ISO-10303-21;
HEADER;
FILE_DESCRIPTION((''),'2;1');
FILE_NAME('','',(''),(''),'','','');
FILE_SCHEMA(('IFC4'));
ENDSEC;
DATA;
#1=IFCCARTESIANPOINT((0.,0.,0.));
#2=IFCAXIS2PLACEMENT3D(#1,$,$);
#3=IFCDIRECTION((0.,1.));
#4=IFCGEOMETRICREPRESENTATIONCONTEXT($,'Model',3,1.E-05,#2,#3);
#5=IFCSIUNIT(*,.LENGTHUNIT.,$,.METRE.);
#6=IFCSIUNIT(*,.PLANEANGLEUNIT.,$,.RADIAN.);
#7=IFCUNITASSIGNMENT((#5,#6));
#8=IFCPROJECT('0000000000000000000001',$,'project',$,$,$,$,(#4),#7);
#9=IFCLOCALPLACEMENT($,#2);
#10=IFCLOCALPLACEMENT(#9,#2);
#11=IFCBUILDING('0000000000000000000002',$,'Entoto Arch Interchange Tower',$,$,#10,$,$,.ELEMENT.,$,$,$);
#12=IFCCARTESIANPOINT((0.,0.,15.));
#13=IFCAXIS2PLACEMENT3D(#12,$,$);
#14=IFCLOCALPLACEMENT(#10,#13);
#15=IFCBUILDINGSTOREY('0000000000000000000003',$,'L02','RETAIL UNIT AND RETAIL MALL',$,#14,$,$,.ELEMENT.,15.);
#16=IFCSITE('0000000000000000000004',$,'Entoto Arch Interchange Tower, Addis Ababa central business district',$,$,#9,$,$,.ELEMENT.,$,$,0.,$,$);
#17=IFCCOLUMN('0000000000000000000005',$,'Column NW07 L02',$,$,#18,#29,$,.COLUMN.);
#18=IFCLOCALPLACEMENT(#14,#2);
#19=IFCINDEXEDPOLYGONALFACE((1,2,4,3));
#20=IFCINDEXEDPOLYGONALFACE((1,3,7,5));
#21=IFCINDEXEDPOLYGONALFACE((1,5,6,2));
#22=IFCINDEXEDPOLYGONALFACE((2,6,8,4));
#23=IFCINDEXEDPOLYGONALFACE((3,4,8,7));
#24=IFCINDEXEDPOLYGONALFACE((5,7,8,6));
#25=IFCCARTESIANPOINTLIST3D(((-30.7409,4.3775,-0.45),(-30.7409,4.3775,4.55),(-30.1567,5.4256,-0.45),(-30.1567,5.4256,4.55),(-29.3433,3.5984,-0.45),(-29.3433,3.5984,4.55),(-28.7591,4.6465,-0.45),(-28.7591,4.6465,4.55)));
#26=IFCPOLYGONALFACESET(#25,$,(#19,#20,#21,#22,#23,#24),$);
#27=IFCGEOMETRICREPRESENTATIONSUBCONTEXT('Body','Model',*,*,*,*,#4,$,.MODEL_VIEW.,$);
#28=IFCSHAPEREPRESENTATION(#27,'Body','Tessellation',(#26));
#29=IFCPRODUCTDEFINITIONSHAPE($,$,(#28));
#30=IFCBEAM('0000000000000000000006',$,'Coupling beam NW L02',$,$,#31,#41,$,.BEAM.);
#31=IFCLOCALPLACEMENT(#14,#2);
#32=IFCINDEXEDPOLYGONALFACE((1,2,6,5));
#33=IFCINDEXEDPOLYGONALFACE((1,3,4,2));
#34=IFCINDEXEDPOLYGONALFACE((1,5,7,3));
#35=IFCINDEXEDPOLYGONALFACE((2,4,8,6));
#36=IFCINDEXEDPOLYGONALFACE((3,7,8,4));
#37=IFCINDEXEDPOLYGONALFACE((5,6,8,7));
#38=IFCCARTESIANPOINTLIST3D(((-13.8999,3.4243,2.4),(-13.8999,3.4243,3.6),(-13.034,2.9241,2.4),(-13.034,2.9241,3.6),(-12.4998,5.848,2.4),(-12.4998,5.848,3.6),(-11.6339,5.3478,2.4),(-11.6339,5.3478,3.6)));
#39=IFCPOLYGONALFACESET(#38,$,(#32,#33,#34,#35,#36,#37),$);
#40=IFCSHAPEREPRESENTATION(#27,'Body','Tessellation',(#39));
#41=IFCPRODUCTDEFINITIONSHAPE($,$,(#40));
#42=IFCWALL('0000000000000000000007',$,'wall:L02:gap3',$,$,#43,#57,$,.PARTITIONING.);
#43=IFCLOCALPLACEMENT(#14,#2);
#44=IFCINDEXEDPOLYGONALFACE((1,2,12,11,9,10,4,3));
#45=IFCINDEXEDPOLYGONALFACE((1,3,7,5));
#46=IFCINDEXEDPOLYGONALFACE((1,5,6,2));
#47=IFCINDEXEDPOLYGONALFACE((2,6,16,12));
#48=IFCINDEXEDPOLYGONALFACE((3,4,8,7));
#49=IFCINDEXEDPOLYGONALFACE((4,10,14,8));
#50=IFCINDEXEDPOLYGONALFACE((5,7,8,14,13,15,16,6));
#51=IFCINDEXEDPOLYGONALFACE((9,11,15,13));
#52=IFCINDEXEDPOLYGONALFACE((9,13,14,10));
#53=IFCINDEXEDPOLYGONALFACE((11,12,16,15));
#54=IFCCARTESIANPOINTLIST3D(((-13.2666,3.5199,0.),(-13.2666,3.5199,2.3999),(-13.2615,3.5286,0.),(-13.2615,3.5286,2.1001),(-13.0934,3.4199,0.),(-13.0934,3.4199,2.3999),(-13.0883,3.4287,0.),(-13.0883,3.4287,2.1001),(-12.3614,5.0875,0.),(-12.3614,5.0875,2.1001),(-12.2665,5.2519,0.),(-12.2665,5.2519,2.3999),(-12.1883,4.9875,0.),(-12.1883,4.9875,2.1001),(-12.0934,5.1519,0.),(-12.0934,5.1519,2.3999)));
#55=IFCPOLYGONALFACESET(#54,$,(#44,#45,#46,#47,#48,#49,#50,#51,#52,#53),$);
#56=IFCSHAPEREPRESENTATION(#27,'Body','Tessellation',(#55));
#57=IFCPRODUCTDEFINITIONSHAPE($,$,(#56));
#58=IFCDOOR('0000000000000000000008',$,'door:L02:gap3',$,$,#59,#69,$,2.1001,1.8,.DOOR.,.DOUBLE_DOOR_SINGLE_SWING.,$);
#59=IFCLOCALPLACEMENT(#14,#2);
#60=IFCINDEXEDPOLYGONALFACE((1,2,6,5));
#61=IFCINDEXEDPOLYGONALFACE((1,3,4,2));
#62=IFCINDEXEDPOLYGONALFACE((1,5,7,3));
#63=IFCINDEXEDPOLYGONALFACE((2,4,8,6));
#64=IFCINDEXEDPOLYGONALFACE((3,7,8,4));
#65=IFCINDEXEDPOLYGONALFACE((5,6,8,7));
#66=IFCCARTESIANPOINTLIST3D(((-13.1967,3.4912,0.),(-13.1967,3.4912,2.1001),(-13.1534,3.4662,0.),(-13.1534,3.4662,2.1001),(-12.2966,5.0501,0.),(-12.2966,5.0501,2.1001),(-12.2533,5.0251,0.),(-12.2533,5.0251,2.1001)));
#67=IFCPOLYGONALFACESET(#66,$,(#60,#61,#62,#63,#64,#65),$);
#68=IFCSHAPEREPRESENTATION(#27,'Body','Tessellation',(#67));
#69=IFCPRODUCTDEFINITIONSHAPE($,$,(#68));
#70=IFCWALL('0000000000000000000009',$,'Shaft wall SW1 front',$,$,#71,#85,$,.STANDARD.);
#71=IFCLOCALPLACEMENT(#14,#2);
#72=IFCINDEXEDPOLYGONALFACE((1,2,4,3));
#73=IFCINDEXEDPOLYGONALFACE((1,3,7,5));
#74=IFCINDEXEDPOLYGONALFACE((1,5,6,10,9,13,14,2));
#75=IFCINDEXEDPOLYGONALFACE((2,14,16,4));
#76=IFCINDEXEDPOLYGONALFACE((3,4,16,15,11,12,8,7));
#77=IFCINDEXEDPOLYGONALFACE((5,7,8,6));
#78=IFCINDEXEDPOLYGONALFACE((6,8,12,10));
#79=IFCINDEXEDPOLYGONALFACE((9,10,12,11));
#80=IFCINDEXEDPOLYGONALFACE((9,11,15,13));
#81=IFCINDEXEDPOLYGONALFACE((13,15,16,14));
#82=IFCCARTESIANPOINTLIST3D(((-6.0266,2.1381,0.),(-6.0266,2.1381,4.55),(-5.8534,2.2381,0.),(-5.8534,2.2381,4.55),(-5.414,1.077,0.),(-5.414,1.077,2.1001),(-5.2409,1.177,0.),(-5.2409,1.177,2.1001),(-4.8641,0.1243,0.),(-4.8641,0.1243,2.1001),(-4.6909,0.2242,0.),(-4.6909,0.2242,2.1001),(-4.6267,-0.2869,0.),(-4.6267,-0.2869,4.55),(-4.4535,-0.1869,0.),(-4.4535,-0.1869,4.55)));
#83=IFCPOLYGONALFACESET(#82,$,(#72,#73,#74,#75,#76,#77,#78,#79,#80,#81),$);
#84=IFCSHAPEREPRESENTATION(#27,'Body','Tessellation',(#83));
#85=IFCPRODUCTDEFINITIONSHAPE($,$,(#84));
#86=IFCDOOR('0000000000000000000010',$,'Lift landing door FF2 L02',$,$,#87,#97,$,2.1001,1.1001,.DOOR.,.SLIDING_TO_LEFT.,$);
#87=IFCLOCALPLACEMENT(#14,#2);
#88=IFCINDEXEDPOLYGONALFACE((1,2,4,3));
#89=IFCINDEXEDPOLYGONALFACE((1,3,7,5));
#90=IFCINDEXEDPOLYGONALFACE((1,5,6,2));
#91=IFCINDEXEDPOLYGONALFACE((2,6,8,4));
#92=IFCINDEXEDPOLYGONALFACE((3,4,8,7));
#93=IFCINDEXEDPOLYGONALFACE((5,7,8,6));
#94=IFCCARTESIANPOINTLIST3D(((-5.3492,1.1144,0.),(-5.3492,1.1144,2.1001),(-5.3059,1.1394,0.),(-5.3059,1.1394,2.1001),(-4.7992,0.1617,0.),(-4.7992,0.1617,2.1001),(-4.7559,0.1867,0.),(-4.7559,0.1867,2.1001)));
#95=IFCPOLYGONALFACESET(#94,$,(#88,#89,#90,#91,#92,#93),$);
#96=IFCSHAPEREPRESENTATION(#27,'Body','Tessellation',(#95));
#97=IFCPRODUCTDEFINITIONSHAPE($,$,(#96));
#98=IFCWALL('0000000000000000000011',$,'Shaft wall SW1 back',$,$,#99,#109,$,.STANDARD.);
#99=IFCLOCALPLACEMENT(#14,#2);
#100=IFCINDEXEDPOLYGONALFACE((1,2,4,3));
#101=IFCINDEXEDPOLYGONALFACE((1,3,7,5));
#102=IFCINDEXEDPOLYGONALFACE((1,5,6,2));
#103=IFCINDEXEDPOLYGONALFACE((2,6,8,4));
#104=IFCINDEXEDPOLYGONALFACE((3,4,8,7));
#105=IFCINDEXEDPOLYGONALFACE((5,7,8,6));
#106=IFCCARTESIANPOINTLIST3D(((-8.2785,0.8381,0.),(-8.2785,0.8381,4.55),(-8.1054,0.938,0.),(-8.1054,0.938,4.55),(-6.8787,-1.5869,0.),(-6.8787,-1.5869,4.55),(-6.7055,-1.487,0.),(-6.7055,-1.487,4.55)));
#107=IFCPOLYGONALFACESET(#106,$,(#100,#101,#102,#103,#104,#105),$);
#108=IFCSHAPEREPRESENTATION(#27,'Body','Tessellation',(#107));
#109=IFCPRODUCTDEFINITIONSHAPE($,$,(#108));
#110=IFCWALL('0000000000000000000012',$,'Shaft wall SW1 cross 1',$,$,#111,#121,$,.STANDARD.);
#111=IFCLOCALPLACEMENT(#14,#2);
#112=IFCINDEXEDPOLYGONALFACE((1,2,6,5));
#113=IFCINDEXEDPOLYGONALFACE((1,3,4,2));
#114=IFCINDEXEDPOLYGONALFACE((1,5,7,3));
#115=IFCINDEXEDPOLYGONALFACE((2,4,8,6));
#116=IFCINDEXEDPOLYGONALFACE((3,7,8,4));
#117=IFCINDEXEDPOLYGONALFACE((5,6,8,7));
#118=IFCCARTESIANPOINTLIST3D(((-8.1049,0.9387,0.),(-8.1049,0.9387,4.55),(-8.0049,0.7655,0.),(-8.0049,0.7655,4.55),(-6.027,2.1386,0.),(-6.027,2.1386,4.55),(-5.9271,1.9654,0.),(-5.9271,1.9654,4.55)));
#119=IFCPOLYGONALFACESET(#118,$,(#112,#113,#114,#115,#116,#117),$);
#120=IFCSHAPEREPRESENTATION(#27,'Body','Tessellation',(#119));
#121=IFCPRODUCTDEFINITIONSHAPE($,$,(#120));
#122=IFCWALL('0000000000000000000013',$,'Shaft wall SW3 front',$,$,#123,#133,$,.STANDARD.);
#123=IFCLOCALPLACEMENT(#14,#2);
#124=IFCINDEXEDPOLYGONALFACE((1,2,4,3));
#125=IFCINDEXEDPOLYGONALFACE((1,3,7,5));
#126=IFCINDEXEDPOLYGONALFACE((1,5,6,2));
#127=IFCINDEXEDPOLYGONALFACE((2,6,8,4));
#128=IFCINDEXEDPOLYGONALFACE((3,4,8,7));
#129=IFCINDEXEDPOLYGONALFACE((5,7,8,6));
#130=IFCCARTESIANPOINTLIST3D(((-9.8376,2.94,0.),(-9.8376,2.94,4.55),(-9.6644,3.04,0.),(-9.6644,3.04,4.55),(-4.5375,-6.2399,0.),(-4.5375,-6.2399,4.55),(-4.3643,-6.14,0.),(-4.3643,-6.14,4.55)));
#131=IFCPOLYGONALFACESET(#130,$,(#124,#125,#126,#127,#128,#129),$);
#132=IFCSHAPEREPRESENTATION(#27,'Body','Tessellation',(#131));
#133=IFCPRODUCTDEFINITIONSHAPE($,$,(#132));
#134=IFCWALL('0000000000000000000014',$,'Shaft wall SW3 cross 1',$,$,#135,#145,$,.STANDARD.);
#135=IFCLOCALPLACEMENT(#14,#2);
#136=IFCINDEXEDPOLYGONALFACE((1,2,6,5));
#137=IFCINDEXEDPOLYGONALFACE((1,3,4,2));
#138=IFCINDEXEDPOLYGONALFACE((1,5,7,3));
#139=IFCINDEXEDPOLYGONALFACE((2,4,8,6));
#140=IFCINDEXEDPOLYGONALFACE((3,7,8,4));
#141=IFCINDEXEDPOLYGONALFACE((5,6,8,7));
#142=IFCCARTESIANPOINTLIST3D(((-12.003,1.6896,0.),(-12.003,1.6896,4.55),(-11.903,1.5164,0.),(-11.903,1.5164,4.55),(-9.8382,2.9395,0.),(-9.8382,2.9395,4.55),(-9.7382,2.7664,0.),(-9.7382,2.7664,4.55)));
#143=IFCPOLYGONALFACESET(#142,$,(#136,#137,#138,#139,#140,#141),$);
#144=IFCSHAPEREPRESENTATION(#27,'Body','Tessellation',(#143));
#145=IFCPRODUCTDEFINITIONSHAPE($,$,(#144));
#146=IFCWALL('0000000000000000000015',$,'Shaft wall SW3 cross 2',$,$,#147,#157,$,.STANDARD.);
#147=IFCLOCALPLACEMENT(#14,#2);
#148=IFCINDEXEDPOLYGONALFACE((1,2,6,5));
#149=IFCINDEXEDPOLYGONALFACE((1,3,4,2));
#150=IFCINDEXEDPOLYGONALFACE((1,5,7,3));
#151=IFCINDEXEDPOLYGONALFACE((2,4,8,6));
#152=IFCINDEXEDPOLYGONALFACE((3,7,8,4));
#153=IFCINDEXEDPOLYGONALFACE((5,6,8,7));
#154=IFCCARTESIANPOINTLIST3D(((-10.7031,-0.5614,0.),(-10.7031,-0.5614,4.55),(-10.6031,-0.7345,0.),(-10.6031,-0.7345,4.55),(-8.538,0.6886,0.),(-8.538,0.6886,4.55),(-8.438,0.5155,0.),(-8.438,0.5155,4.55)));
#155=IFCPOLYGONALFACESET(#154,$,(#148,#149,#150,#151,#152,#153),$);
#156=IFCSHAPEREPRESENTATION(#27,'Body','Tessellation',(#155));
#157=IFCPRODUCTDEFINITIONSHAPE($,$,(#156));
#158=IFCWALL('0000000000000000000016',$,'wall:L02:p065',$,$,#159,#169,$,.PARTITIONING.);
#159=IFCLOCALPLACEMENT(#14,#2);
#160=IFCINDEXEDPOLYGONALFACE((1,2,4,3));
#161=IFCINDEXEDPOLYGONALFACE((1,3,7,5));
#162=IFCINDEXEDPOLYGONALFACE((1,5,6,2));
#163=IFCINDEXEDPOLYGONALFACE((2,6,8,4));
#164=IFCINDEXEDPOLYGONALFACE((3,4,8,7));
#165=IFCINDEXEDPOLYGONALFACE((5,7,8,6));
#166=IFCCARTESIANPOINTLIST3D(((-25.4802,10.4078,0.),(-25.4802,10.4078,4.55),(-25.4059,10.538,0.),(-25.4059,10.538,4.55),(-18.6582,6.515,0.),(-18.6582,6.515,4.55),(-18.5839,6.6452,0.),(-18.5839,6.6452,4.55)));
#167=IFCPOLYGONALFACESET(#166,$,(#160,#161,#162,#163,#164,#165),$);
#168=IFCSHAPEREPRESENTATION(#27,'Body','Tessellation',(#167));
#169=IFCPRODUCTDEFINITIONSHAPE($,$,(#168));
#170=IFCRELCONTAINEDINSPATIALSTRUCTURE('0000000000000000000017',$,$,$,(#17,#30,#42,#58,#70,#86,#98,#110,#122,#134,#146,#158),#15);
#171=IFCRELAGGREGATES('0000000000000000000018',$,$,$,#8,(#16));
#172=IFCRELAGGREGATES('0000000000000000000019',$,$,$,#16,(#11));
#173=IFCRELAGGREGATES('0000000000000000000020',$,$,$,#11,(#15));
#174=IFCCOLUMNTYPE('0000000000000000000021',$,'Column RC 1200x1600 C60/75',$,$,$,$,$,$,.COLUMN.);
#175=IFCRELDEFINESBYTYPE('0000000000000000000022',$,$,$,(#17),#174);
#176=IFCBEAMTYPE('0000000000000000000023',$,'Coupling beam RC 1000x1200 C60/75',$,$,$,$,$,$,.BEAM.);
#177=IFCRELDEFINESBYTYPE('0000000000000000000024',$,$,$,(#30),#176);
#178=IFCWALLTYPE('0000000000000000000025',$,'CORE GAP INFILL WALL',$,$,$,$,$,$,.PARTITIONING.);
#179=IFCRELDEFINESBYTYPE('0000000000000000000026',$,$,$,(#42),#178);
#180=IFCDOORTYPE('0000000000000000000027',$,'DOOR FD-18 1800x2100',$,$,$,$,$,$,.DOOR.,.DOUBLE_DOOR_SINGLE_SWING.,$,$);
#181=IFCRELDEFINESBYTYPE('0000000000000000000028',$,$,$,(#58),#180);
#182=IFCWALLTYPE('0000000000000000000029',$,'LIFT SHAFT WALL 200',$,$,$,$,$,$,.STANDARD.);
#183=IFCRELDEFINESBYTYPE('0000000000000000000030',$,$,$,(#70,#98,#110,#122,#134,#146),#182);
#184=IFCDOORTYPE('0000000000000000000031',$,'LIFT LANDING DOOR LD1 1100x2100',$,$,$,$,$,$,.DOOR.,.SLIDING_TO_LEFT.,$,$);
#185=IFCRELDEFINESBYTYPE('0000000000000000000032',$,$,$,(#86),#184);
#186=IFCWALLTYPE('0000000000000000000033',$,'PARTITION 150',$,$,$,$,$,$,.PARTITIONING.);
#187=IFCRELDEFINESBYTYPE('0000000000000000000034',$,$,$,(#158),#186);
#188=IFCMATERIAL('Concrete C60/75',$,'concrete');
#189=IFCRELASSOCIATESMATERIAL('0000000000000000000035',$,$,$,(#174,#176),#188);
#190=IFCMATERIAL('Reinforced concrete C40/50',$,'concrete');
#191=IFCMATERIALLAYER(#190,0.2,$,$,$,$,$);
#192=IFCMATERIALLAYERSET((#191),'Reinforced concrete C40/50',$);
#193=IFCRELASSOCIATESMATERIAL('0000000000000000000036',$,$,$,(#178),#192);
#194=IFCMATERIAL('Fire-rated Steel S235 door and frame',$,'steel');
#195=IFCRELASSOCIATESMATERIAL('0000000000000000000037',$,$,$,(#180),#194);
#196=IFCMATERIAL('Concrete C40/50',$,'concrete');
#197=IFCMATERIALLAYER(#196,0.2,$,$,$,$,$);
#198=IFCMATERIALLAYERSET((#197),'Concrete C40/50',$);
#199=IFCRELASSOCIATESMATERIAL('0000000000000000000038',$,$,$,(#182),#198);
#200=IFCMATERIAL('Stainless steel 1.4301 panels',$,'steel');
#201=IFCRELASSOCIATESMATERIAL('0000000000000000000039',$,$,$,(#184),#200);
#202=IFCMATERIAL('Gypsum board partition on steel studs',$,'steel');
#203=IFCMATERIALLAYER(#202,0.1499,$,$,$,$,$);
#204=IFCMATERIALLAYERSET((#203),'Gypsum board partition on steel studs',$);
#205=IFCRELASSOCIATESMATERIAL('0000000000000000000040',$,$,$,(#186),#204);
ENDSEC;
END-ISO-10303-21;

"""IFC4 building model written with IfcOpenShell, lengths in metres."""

from ifc_helpers import new_model, si_unit, direction, frame, frame_2d, origin, origin_2d, place, context, subcontext, project, spatial, rectangle, extrude, material, layer, layer_set, material_profile, profile_set, type_object, element, fill, save


model = new_model("IFC4")

# Units and contexts
model_context = context("Model", 3, precision=1e-05, world=origin(), true_north=direction((0.0, 1.0)))
body_context = subcontext(model_context, "Body", "Model", "MODEL_VIEW")
ifc_project = project(units=[si_unit("LENGTHUNIT", "METRE"), si_unit("PLANEANGLEUNIT", "RADIAN")], contexts=[model_context])

# Site, building, storey
site_placement = place(None, origin())
site = spatial("IfcSite", under=ifc_project, at=site_placement, Name="Entoto Arch Interchange Tower, Addis Ababa central business district", CompositionType="ELEMENT", RefElevation=0.0)
building_placement = place(site_placement, origin())
building = spatial("IfcBuilding", under=site, at=building_placement, Name="Entoto Arch Interchange Tower", CompositionType="ELEMENT")
storey_placement = place(building_placement, frame((0.0, 0.0, 15.0)))
storey = spatial("IfcBuildingStorey", under=building, at=storey_placement, Name="L02", Description="RETAIL UNIT AND RETAIL MALL", CompositionType="ELEMENT", Elevation=15.0)

# Column
ifc_material_1 = material(Name="Concrete C60/75", Category="concrete")
ifc_material_profile_1 = material_profile(ifc_material_1, rectangle(XDim=1.2, YDim=1.6001, at=origin_2d()))
ifc_profile_set_1 = profile_set([ifc_material_profile_1], Name="Concrete C60/75")
column_type = type_object("IfcColumnType", Name="Column RC 1200x1600 C60/75", PredefinedType="COLUMN", material=ifc_profile_set_1)
column_placement = place(storey_placement, frame((-29.75, 4.512, -0.45), z_axis=(0.0, 0.0, 1.0), x_axis=(0.486915, 0.873449, 0.0)))
element("IfcColumn", 1, at=column_placement, inside=storey, type_object=column_type, Name="Column NW07 L02", PredefinedType="COLUMN", context=body_context, shape_type="SweptSolid", body=[
    extrude(rectangle(XDim=1.2, YDim=1.6001, at=origin_2d()), origin(), (0.0, 0.0, 1.0), 5.0),
])

# Beam
ifc_material_profile_2 = material_profile(ifc_material_1, rectangle(XDim=1.0, YDim=1.2, at=origin_2d()))
ifc_profile_set_2 = profile_set([ifc_material_profile_2], Name="Concrete C60/75")
beam_type = type_object("IfcBeamType", Name="Coupling beam RC 1000x1200 C60/75", PredefinedType="BEAM", material=ifc_profile_set_2)
beam_placement = place(storey_placement, frame((-12.0669, 5.5979, 3.0), z_axis=(-0.500201, -0.86591, 0.0), x_axis=(0.86591, -0.500201, 0.0)))
element("IfcBeam", 2, at=beam_placement, inside=storey, type_object=beam_type, Name="Coupling beam NW L02", PredefinedType="BEAM", context=body_context, shape_type="SweptSolid", body=[
    extrude(rectangle(XDim=1.0, YDim=1.2, at=origin_2d()), origin(), (0.0, 0.0, 1.0), 2.7991),
])

# Walls, openings, doors
ifc_material_2 = material(Name="Reinforced concrete C40/50", Category="concrete")
ifc_layer_1 = layer(ifc_material_2, 0.2)
ifc_layer_set_1 = layer_set([ifc_layer_1], Name="Reinforced concrete C40/50")
wall_type_1 = type_object("IfcWallType", Name="CORE GAP INFILL WALL", PredefinedType="PARTITIONING", material=ifc_layer_set_1)
wall_1_placement = place(storey_placement, frame((-12.1799, 5.2019, 0.0), z_axis=(0.0, 0.0, 1.0), x_axis=(-0.500025, -0.866011, 0.0)))
wall_1 = element("IfcWall", 3, at=wall_1_placement, inside=storey, type_object=wall_type_1, Name="wall:L02:gap3", PredefinedType="PARTITIONING", context=body_context, shape_type="SweptSolid", body=[
    extrude(rectangle(XDim=2.0, YDim=0.2, at=frame_2d((1.0, 0.0))), origin(), (0.0, 0.0, 1.0), 2.3999),
])
opening_1_placement = place(wall_1_placement, frame((0.1899, 0.0, 0.0)))
opening_1 = element("IfcOpeningElement", 4, at=opening_1_placement, cuts=wall_1, PredefinedType="OPENING", context=body_context, shape_type="SweptSolid", body=[
    extrude(rectangle(XDim=1.8, YDim=2.1001, at=frame_2d((0.8999, 1.05))), frame((0.0, 0.1099, 0.0), z_axis=(0.0, -1.0, 0.0), x_axis=(1.0, 0.0, 0.0)), (0.0, 0.0, 1.0), 0.22),
])
ifc_material_3 = material(Name="Fire-rated Steel S235 door and frame", Category="steel")
door_type_1 = type_object("IfcDoorType", Name="DOOR FD-18 1800x2100", OperationType="DOUBLE_DOOR_SINGLE_SWING", PredefinedType="DOOR", material=ifc_material_3)
door_1_placement = place(opening_1_placement, origin())
door_1 = element("IfcDoor", 5, at=door_1_placement, inside=storey, type_object=door_type_1, Name="door:L02:gap3", OperationType="DOUBLE_DOOR_SINGLE_SWING", OverallHeight=2.1001, OverallWidth=1.8, PredefinedType="DOOR", context=body_context, shape_type="SweptSolid", body=[
    extrude(rectangle(XDim=1.8, YDim=2.1001, at=frame_2d((0.8999, 1.05))), frame((0.0, 0.0249, 0.0), z_axis=(0.0, -1.0, 0.0), x_axis=(1.0, 0.0, 0.0)), (0.0, 0.0, 1.0), 0.05),
])
fill(opening_1, door_1)
ifc_material_4 = material(Name="Concrete C40/50", Category="concrete")
ifc_layer_2 = layer(ifc_material_4, 0.2)
ifc_layer_set_2 = layer_set([ifc_layer_2], Name="Concrete C40/50")
wall_type_2 = type_object("IfcWallType", Name="LIFT SHAFT WALL 200", PredefinedType="STANDARD", material=ifc_layer_set_2)
wall_2_placement = place(storey_placement, frame((-5.9399, 2.188, 0.0), z_axis=(0.0, 0.0, 1.0), x_axis=(0.499946, -0.866056, 0.0)))
wall_2 = element("IfcWall", 6, at=wall_2_placement, inside=storey, type_object=wall_type_2, Name="Shaft wall SW1 front", PredefinedType="STANDARD", context=body_context, shape_type="SweptSolid", body=[
    extrude(rectangle(XDim=2.8, YDim=0.2, at=frame_2d((1.3999, 0.0))), origin(), (0.0, 0.0, 1.0), 4.55),
])
opening_2_placement = place(wall_2_placement, frame((1.2251, 0.0, 0.0)))
opening_2 = element("IfcOpeningElement", 7, at=opening_2_placement, cuts=wall_2, PredefinedType="OPENING", context=body_context, shape_type="SweptSolid", body=[
    extrude(rectangle(XDim=1.1001, YDim=2.1001, at=frame_2d((0.55, 1.05))), frame((0.0, 0.1099, 0.0), z_axis=(0.0, -1.0, 0.0), x_axis=(1.0, 0.0, 0.0)), (0.0, 0.0, 1.0), 0.22),
])
ifc_material_5 = material(Name="Stainless steel 1.4301 panels", Category="steel")
door_type_2 = type_object("IfcDoorType", Name="LIFT LANDING DOOR LD1 1100x2100", OperationType="SLIDING_TO_LEFT", PredefinedType="DOOR", material=ifc_material_5)
door_2_placement = place(opening_2_placement, origin())
door_2 = element("IfcDoor", 8, at=door_2_placement, inside=storey, type_object=door_type_2, Name="Lift landing door FF2 L02", OperationType="SLIDING_TO_LEFT", OverallHeight=2.1001, OverallWidth=1.1001, PredefinedType="DOOR", context=body_context, shape_type="SweptSolid", body=[
    extrude(rectangle(XDim=1.1001, YDim=2.1001, at=frame_2d((0.55, 1.05))), frame((0.0, 0.0249, 0.0), z_axis=(0.0, -1.0, 0.0), x_axis=(1.0, 0.0, 0.0)), (0.0, 0.0, 1.0), 0.05),
])
fill(opening_2, door_2)

# Walls
wall_3_placement = place(storey_placement, frame((-8.1919, 0.8879, 0.0), z_axis=(0.0, 0.0, 1.0), x_axis=(0.499946, -0.866056, 0.0)))
element("IfcWall", 9, at=wall_3_placement, inside=storey, type_object=wall_type_2, Name="Shaft wall SW1 back", PredefinedType="STANDARD", context=body_context, shape_type="SweptSolid", body=[
    extrude(rectangle(XDim=2.8, YDim=0.2, at=frame_2d((1.3999, 0.0))), origin(), (0.0, 0.0, 1.0), 4.55),
])
wall_4_placement = place(storey_placement, frame((-5.9771, 2.052, 0.0), z_axis=(0.0, 0.0, 1.0), x_axis=(-0.865974, -0.500089, 0.0)))
element("IfcWall", 10, at=wall_4_placement, inside=storey, type_object=wall_type_2, Name="Shaft wall SW1 cross 1", PredefinedType="STANDARD", context=body_context, shape_type="SweptSolid", body=[
    extrude(rectangle(XDim=2.3994, YDim=0.2, at=frame_2d((1.1997, 0.0))), origin(), (0.0, 0.0, 1.0), 4.55),
])
wall_5_placement = place(storey_placement, frame((-9.751, 2.99, 0.0), z_axis=(0.0, 0.0, 1.0), x_axis=(0.500001, -0.866025, 0.0)))
element("IfcWall", 11, at=wall_5_placement, inside=storey, type_object=wall_type_2, Name="Shaft wall SW3 front", PredefinedType="STANDARD", context=body_context, shape_type="SweptSolid", body=[
    extrude(rectangle(XDim=10.6001, YDim=0.2, at=frame_2d((5.3, 0.0))), origin(), (0.0, 0.0, 1.0), 4.55),
])
wall_6_placement = place(storey_placement, frame((-9.7881, 2.853, 0.0), z_axis=(0.0, 0.0, 1.0), x_axis=(-0.865999, -0.500047, 0.0)))
element("IfcWall", 12, at=wall_6_placement, inside=storey, type_object=wall_type_2, Name="Shaft wall SW3 cross 1", PredefinedType="STANDARD", context=body_context, shape_type="SweptSolid", body=[
    extrude(rectangle(XDim=2.4998, YDim=0.2, at=frame_2d((1.25, 0.0))), origin(), (0.0, 0.0, 1.0), 4.55),
])
wall_7_placement = place(storey_placement, frame((-8.488, 0.6021, 0.0), z_axis=(0.0, 0.0, 1.0), x_axis=(-0.866023, -0.500004, 0.0)))
element("IfcWall", 13, at=wall_7_placement, inside=storey, type_object=wall_type_2, Name="Shaft wall SW3 cross 2", PredefinedType="STANDARD", context=body_context, shape_type="SweptSolid", body=[
    extrude(rectangle(XDim=2.5, YDim=0.2, at=frame_2d((1.25, 0.0))), origin(), (0.0, 0.0, 1.0), 4.55),
])
ifc_material_6 = material(Name="Gypsum board partition on steel studs", Category="steel")
ifc_layer_3 = layer(ifc_material_6, 0.1499)
ifc_layer_set_3 = layer_set([ifc_layer_3], Name="Gypsum board partition on steel studs")
wall_type_3 = type_object("IfcWallType", Name="PARTITION 150", PredefinedType="PARTITIONING", material=ifc_layer_set_3)
wall_8_placement = place(storey_placement, frame((-18.6211, 6.5801, 0.0), z_axis=(0.0, 0.0, 1.0), x_axis=(-0.868543, 0.495613, 0.0)))
element("IfcWall", 14, at=wall_8_placement, inside=storey, type_object=wall_type_3, Name="wall:L02:p065", PredefinedType="PARTITIONING", context=body_context, shape_type="SweptSolid", body=[
    extrude(rectangle(XDim=7.8545, YDim=0.1499, at=frame_2d((3.9272, 0.0))), origin(), (0.0, 0.0, 1.0), 4.55),
])

save(model, "model.ifc")
